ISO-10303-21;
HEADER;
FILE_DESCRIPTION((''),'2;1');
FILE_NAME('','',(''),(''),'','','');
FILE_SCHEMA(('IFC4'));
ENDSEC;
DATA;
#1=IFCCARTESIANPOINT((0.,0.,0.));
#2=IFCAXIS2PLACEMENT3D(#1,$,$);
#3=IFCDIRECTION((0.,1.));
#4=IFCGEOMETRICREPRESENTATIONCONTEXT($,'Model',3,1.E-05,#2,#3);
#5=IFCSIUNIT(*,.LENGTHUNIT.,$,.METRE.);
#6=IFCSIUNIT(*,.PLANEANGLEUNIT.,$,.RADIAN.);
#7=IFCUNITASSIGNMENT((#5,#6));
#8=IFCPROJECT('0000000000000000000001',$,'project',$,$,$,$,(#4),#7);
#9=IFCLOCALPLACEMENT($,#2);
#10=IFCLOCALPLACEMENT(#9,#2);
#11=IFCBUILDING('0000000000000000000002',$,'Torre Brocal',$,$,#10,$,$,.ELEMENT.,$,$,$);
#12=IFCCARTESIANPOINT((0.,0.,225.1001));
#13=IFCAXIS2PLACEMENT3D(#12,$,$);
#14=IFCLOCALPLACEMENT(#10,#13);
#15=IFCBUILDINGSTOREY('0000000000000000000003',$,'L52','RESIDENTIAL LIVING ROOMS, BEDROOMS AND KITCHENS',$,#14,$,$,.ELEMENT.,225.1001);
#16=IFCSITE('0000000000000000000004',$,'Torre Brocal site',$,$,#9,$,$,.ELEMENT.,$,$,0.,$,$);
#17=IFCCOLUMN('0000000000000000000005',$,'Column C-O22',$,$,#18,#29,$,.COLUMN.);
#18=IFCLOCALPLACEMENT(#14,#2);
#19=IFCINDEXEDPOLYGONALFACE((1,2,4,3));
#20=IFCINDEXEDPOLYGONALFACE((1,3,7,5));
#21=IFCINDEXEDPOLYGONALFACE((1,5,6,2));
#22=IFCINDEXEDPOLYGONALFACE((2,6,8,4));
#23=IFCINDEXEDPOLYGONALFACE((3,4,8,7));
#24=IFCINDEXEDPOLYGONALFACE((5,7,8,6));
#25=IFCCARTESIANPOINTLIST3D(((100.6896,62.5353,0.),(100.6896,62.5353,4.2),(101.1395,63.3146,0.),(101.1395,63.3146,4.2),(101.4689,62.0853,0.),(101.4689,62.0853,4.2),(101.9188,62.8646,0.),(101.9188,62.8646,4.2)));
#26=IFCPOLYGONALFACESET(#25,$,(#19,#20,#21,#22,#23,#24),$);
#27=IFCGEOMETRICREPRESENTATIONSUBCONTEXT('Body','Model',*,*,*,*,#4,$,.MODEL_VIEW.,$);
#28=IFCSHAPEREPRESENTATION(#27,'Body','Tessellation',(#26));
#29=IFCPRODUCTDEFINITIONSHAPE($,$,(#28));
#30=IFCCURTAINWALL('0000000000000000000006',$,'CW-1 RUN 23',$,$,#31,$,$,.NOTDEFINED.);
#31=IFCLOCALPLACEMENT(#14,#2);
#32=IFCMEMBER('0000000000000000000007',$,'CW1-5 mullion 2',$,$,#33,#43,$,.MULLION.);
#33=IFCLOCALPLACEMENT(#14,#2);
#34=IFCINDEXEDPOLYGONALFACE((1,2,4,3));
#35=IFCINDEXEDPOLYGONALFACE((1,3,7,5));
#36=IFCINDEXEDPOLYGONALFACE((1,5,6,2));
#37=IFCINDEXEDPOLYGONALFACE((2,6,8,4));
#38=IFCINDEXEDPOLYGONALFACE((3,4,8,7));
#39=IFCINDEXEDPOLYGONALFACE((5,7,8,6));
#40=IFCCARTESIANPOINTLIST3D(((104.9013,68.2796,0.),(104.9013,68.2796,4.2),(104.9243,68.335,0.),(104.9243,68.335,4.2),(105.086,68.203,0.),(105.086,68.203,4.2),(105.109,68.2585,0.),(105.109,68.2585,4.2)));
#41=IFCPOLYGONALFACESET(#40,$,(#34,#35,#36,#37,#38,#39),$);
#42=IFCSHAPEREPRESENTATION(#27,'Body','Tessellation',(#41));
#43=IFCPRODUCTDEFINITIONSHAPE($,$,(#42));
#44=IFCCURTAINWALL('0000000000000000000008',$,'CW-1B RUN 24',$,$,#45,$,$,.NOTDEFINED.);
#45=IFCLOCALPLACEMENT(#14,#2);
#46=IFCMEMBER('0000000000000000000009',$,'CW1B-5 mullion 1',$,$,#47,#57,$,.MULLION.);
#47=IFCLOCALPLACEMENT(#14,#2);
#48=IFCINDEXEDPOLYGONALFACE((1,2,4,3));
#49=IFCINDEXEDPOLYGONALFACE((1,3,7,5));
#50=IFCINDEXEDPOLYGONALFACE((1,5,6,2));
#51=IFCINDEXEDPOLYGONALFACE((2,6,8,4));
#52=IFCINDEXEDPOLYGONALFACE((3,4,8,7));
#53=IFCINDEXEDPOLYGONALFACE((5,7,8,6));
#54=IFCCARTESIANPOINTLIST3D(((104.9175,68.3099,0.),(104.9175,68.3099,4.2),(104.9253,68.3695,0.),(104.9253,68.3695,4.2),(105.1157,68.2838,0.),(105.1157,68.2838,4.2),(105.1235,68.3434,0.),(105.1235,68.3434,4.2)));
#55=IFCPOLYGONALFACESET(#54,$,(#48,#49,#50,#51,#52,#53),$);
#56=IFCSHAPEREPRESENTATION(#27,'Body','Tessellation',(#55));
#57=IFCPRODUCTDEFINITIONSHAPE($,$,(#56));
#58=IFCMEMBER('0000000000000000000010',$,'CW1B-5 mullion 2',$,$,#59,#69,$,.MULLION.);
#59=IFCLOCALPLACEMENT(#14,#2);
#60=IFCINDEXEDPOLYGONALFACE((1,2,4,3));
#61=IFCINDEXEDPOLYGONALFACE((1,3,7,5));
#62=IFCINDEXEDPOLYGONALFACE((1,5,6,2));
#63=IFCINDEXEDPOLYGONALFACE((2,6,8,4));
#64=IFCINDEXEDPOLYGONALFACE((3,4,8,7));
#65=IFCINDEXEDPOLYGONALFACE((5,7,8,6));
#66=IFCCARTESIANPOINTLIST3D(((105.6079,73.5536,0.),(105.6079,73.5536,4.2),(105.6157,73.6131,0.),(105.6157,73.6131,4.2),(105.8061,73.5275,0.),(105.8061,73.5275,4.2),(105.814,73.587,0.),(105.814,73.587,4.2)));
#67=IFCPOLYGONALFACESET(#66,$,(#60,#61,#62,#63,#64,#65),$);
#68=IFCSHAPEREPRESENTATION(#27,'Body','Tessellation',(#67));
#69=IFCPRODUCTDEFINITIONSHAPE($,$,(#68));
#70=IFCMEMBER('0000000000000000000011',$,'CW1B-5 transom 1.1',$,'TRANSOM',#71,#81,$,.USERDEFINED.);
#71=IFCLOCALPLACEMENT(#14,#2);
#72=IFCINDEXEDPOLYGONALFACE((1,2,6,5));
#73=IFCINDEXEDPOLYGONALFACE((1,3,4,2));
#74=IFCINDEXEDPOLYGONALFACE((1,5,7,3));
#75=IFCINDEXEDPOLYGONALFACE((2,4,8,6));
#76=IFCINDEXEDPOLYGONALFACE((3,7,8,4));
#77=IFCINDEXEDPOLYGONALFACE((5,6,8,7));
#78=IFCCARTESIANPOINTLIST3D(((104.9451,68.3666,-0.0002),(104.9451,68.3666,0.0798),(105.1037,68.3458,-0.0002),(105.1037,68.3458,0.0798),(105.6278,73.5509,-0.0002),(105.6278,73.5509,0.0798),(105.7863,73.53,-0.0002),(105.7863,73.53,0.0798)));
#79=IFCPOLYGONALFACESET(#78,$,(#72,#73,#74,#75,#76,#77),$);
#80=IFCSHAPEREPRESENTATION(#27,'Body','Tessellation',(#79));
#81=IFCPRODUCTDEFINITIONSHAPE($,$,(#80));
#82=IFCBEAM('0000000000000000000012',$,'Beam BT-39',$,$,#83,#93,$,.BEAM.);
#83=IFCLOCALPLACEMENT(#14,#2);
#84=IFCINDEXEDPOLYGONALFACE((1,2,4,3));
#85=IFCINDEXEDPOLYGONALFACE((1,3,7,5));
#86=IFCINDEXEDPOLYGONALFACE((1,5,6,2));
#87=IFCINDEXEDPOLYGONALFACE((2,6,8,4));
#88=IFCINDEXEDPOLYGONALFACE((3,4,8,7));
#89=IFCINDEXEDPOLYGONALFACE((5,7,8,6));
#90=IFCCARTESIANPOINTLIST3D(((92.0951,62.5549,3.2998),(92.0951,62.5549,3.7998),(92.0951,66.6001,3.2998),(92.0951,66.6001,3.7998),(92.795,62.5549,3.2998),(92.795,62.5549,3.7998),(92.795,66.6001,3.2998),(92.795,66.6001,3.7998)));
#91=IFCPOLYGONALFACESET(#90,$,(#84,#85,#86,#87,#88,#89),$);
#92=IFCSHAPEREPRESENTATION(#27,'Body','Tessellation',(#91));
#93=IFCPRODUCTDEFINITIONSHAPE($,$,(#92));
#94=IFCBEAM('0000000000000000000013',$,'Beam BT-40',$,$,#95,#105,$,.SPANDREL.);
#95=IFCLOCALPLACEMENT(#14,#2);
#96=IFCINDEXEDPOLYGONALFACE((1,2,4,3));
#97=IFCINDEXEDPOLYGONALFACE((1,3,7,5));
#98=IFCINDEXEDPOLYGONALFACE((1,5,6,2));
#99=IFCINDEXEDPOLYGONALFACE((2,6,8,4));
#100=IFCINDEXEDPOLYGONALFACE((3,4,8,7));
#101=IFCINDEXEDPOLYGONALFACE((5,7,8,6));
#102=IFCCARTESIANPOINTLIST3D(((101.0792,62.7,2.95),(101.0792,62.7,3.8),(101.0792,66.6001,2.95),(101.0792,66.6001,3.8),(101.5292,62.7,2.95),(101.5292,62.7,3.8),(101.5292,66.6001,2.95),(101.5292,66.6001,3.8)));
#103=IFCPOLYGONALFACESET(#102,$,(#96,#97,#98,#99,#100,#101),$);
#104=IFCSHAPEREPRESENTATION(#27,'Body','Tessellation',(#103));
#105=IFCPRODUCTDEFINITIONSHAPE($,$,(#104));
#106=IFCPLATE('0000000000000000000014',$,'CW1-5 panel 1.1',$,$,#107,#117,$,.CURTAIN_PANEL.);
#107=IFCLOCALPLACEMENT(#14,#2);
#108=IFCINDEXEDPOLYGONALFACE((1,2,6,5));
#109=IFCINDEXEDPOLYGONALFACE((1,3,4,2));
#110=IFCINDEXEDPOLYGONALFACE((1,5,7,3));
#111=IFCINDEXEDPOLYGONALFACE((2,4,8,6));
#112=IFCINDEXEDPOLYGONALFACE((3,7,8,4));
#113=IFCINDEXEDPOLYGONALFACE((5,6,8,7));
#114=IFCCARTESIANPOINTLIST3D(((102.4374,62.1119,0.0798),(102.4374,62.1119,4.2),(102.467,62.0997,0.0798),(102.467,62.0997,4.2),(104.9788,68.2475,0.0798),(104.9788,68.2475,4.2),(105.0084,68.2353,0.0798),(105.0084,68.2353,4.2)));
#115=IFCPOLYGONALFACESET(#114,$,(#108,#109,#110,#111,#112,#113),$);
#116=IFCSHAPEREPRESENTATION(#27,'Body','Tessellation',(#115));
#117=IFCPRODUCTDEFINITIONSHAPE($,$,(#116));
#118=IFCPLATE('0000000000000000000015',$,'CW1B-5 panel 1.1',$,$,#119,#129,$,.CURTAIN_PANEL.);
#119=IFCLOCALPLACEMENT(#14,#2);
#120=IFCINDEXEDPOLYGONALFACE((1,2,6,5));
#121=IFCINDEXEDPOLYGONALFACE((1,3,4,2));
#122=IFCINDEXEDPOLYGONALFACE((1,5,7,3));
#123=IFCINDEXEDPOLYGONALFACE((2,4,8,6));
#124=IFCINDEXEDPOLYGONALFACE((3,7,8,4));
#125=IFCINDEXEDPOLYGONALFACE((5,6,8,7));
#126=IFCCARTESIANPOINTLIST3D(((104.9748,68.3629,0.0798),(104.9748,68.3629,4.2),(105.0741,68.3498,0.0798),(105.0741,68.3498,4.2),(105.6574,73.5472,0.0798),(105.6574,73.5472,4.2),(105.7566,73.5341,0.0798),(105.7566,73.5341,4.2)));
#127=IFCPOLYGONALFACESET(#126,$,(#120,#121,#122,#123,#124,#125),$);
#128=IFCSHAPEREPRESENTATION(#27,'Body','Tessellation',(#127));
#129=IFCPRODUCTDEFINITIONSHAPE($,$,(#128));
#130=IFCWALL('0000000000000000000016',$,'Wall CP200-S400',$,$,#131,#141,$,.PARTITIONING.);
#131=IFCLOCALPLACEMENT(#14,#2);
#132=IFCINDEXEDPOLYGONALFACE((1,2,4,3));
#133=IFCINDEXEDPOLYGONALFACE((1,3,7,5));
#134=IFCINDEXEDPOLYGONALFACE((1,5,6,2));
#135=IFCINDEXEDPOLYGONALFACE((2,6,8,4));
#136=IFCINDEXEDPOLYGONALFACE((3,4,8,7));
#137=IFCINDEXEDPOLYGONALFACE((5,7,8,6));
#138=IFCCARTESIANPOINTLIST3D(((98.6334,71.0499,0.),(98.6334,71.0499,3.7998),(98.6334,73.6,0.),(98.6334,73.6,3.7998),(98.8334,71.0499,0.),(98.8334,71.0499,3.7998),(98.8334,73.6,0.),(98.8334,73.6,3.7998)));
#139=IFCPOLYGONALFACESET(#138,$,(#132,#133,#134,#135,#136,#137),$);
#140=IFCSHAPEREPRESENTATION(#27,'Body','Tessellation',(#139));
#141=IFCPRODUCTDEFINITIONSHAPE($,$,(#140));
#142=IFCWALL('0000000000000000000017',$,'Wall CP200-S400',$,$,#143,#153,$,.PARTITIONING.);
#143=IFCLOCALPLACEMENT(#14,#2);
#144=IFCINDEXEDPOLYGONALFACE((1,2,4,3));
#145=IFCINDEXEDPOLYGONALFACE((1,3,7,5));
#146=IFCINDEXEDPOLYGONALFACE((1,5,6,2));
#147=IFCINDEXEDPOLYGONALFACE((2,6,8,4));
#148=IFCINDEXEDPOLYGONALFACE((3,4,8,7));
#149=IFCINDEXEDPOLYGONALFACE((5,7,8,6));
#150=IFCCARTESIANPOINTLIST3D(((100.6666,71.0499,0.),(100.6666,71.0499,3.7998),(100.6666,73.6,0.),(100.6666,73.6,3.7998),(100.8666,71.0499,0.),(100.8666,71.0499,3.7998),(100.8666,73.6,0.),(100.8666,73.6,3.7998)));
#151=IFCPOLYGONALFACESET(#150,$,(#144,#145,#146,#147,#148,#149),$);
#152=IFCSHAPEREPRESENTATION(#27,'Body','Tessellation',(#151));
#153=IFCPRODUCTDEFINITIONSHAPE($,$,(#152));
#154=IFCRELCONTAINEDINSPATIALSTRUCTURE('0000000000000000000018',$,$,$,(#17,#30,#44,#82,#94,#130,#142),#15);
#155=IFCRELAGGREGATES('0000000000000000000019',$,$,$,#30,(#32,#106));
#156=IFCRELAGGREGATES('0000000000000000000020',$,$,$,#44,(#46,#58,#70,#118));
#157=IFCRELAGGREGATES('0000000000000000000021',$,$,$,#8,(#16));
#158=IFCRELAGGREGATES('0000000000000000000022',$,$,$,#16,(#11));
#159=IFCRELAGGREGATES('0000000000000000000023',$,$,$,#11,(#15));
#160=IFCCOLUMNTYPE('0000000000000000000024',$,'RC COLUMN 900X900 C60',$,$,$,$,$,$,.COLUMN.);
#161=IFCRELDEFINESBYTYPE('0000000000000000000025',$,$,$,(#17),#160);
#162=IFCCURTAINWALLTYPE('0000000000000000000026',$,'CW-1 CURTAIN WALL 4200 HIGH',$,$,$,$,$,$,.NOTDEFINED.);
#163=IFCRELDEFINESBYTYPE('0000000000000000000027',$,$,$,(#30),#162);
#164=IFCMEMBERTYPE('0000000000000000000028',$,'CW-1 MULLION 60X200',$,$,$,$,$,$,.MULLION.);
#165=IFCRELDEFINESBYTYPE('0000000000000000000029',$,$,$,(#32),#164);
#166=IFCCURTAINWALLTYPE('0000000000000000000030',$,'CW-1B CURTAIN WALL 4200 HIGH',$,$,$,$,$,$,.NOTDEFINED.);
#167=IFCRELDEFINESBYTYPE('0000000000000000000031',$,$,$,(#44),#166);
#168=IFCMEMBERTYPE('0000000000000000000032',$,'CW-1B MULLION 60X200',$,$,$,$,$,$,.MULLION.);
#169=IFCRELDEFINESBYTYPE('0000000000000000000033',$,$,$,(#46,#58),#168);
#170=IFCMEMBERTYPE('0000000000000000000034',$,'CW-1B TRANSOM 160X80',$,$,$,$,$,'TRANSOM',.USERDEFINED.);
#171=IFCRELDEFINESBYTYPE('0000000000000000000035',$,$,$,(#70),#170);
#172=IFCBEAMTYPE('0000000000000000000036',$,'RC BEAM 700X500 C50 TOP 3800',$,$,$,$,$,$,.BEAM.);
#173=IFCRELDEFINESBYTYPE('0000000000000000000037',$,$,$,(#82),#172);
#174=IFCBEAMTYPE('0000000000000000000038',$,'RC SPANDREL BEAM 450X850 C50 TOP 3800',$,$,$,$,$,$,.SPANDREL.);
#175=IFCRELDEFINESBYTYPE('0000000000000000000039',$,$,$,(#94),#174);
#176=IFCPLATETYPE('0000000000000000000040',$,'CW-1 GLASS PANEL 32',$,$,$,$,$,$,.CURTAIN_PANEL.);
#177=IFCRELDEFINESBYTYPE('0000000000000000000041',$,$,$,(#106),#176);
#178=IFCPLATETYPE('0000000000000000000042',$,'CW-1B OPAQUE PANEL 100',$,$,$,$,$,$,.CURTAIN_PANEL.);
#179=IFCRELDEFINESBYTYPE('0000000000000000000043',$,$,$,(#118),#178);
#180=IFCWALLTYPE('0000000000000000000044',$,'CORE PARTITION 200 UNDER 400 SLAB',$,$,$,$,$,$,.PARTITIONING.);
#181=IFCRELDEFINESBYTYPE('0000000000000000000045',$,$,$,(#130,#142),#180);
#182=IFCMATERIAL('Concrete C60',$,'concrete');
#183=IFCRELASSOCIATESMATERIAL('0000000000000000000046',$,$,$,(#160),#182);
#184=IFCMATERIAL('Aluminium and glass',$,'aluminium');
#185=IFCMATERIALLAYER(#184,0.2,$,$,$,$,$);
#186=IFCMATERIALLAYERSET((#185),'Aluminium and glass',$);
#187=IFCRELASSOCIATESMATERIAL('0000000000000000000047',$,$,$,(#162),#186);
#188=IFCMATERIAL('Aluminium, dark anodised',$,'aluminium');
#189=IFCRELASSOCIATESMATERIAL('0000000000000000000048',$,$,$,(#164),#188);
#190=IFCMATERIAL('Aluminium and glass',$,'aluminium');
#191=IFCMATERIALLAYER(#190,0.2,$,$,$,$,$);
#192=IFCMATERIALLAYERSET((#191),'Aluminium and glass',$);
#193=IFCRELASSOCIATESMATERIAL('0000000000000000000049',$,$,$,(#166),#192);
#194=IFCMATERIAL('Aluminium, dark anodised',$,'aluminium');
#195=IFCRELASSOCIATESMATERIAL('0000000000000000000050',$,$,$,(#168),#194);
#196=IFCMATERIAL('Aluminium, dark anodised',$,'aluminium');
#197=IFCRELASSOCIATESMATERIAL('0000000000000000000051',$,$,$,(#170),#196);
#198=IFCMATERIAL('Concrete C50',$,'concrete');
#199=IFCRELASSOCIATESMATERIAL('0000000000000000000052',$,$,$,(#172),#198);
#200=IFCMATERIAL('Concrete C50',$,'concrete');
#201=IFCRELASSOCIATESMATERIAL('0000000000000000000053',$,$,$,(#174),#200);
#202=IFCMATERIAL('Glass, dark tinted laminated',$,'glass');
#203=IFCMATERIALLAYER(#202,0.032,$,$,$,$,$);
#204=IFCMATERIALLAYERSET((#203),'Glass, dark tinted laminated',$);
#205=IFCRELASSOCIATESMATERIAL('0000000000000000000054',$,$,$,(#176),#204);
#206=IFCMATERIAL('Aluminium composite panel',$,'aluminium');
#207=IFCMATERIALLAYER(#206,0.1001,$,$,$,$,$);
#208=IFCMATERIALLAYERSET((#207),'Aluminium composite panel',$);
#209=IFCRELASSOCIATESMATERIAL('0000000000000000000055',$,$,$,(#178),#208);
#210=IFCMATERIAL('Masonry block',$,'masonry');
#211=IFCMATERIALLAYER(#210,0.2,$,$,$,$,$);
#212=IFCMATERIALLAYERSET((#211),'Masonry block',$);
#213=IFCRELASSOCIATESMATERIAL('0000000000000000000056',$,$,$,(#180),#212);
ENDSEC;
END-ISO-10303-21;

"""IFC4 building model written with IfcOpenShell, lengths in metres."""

from ifc_helpers import new_model, si_unit, direction, frame, frame_2d, origin, origin_2d, place, context, subcontext, project, spatial, rectangle, extrude, material, layer, layer_set, material_profile, profile_set, type_object, element, aggregate, save


model = new_model("IFC4")

# Units and contexts
model_context = context("Model", 3, precision=1e-05, world=origin(), true_north=direction((0.0, 1.0)))
body_context = subcontext(model_context, "Body", "Model", "MODEL_VIEW")
ifc_project = project(units=[si_unit("LENGTHUNIT", "METRE"), si_unit("PLANEANGLEUNIT", "RADIAN")], contexts=[model_context])

# Site, building, storey
site_placement = place(None, origin())
site = spatial("IfcSite", under=ifc_project, at=site_placement, Name="Torre Brocal site", CompositionType="ELEMENT", RefElevation=0.0)
building_placement = place(site_placement, origin())
building = spatial("IfcBuilding", under=site, at=building_placement, Name="Torre Brocal", CompositionType="ELEMENT")
storey_placement = place(building_placement, frame((0.0, 0.0, 225.1001)))
storey = spatial("IfcBuildingStorey", under=building, at=storey_placement, Name="L52", Description="RESIDENTIAL LIVING ROOMS, BEDROOMS AND KITCHENS", CompositionType="ELEMENT", Elevation=225.1001)

# Column
ifc_material_1 = material(Name="Concrete C60", Category="concrete")
ifc_material_profile_1 = material_profile(ifc_material_1, rectangle(XDim=0.8999, YDim=0.8999, at=origin_2d()), Name="RC 900X900")
ifc_profile_set_1 = profile_set([ifc_material_profile_1], Name="Concrete C60")
column_type = type_object("IfcColumnType", Name="RC COLUMN 900X900 C60", PredefinedType="COLUMN", material=ifc_profile_set_1)
column_placement = place(storey_placement, frame((101.3042, 62.7, 0.0), z_axis=(0.0, 0.0, 1.0), x_axis=(0.866025, -0.5, 0.0)))
element("IfcColumn", 1, at=column_placement, inside=storey, type_object=column_type, Name="Column C-O22", PredefinedType="COLUMN", context=body_context, shape_type="SweptSolid", body=[
    extrude(rectangle(XDim=0.8999, YDim=0.8999, at=origin_2d()), origin(), (0.0, 0.0, 1.0), 4.2),
])

# Curtain wall, member
ifc_material_2 = material(Name="Aluminium and glass", Category="aluminium")
ifc_layer_1 = layer(ifc_material_2, 0.2)
ifc_layer_set_1 = layer_set([ifc_layer_1], Name="Aluminium and glass")
curtain_wall_type_1 = type_object("IfcCurtainWallType", Name="CW-1 CURTAIN WALL 4200 HIGH", PredefinedType="NOTDEFINED", material=ifc_layer_set_1)
curtain_wall_1_placement = place(storey_placement, origin())
curtain_wall_1 = element("IfcCurtainWall", 2, at=curtain_wall_1_placement, inside=storey, type_object=curtain_wall_type_1, Name="CW-1 RUN 23", PredefinedType="NOTDEFINED")
ifc_material_3 = material(Name="Aluminium, dark anodised", Category="aluminium")
ifc_material_profile_2 = material_profile(ifc_material_3, rectangle(XDim=0.2, YDim=0.0601, at=origin_2d()), Name="CW-1 MULLION 60X200")
ifc_profile_set_2 = profile_set([ifc_material_profile_2], Name="Aluminium, dark anodised")
member_type_1 = type_object("IfcMemberType", Name="CW-1 MULLION 60X200", PredefinedType="MULLION", material=ifc_profile_set_2)
member_1_placement = place(storey_placement, frame((105.0051, 68.269, 0.0), z_axis=(0.0, 0.0, 1.0), x_axis=(-0.92388, 0.382683, 0.0)))
member_1 = element("IfcMember", 3, at=member_1_placement, type_object=member_type_1, Name="CW1-5 mullion 2", PredefinedType="MULLION", context=body_context, shape_type="SweptSolid", body=[
    extrude(rectangle(XDim=0.2, YDim=0.0601, at=origin_2d()), origin(), (0.0, 0.0, 1.0), 4.2),
])

# Curtain wall, members
ifc_material_4 = material(Name="Aluminium and glass", Category="aluminium")
ifc_layer_2 = layer(ifc_material_4, 0.2)
ifc_layer_set_2 = layer_set([ifc_layer_2], Name="Aluminium and glass")
curtain_wall_type_2 = type_object("IfcCurtainWallType", Name="CW-1B CURTAIN WALL 4200 HIGH", PredefinedType="NOTDEFINED", material=ifc_layer_set_2)
curtain_wall_2_placement = place(storey_placement, origin())
curtain_wall_2 = element("IfcCurtainWall", 4, at=curtain_wall_2_placement, inside=storey, type_object=curtain_wall_type_2, Name="CW-1B RUN 24", PredefinedType="NOTDEFINED")
ifc_material_5 = material(Name="Aluminium, dark anodised", Category="aluminium")
ifc_material_profile_3 = material_profile(ifc_material_5, rectangle(XDim=0.2, YDim=0.0601, at=origin_2d()), Name="CW-1B MULLION 60X200")
ifc_profile_set_3 = profile_set([ifc_material_profile_3], Name="Aluminium, dark anodised")
member_type_2 = type_object("IfcMemberType", Name="CW-1B MULLION 60X200", PredefinedType="MULLION", material=ifc_profile_set_3)
member_2_placement = place(storey_placement, frame((105.0205, 68.3267, 0.0), z_axis=(0.0, 0.0, 1.0), x_axis=(-0.991445, 0.130526, 0.0)))
member_2 = element("IfcMember", 5, at=member_2_placement, type_object=member_type_2, Name="CW1B-5 mullion 1", PredefinedType="MULLION", context=body_context, shape_type="SweptSolid", body=[
    extrude(rectangle(XDim=0.2, YDim=0.0601, at=origin_2d()), origin(), (0.0, 0.0, 1.0), 4.2),
])
member_3_placement = place(storey_placement, frame((105.7109, 73.5703, 0.0), z_axis=(0.0, 0.0, 1.0), x_axis=(-0.991445, 0.130526, 0.0)))
member_3 = element("IfcMember", 6, at=member_3_placement, type_object=member_type_2, Name="CW1B-5 mullion 2", PredefinedType="MULLION", context=body_context, shape_type="SweptSolid", body=[
    extrude(rectangle(XDim=0.2, YDim=0.0601, at=origin_2d()), origin(), (0.0, 0.0, 1.0), 4.2),
])
ifc_material_6 = material(Name="Aluminium, dark anodised", Category="aluminium")
ifc_material_profile_4 = material_profile(ifc_material_6, rectangle(XDim=0.1599, YDim=0.0801, at=origin_2d()), Name="CW-1B TRANSOM 160X80")
ifc_profile_set_4 = profile_set([ifc_material_profile_4], Name="Aluminium, dark anodised")
member_type_3 = type_object("IfcMemberType", Name="CW-1B TRANSOM 160X80", ElementType="TRANSOM", PredefinedType="USERDEFINED", material=ifc_profile_set_4)
member_4_placement = place(storey_placement, frame((105.0244, 68.3562, 0.0398), z_axis=(0.130543, 0.991443, 0.0), x_axis=(-0.991443, 0.130543, 0.0)))
member_4 = element("IfcMember", 7, at=member_4_placement, type_object=member_type_3, Name="CW1B-5 transom 1.1", ObjectType="TRANSOM", PredefinedType="USERDEFINED", context=body_context, shape_type="SweptSolid", body=[
    extrude(rectangle(XDim=0.1599, YDim=0.0801, at=origin_2d()), origin(), (0.0, 0.0, 1.0), 5.229),
])

# Beams
ifc_material_7 = material(Name="Concrete C50", Category="concrete")
ifc_material_profile_5 = material_profile(ifc_material_7, rectangle(XDim=0.7, YDim=0.5, at=origin_2d()), Name="RC 700X500")
ifc_profile_set_5 = profile_set([ifc_material_profile_5], Name="Concrete C50")
beam_type_1 = type_object("IfcBeamType", Name="RC BEAM 700X500 C50 TOP 3800", PredefinedType="BEAM", material=ifc_profile_set_5)
beam_1_placement = place(storey_placement, frame((92.4451, 62.5549, 3.5498), z_axis=(0.0, 1.0, 0.0), x_axis=(-1.0, 0.0, 0.0)))
element("IfcBeam", 8, at=beam_1_placement, inside=storey, type_object=beam_type_1, Name="Beam BT-39", PredefinedType="BEAM", context=body_context, shape_type="SweptSolid", body=[
    extrude(rectangle(XDim=0.7, YDim=0.5, at=origin_2d()), origin(), (0.0, 0.0, 1.0), 4.0452),
])
ifc_material_8 = material(Name="Concrete C50", Category="concrete")
ifc_material_profile_6 = material_profile(ifc_material_8, rectangle(XDim=0.45, YDim=0.8501, at=origin_2d()), Name="RC 450X850")
ifc_profile_set_6 = profile_set([ifc_material_profile_6], Name="Concrete C50")
beam_type_2 = type_object("IfcBeamType", Name="RC SPANDREL BEAM 450X850 C50 TOP 3800", PredefinedType="SPANDREL", material=ifc_profile_set_6)
beam_2_placement = place(storey_placement, frame((101.3042, 62.7, 3.375), z_axis=(0.0, 1.0, 0.0), x_axis=(-1.0, 0.0, 0.0)))
element("IfcBeam", 9, at=beam_2_placement, inside=storey, type_object=beam_type_2, Name="Beam BT-40", PredefinedType="SPANDREL", context=body_context, shape_type="SweptSolid", body=[
    extrude(rectangle(XDim=0.45, YDim=0.8501, at=origin_2d()), origin(), (0.0, 0.0, 1.0), 3.9001),
])

# Plates
ifc_material_9 = material(Name="Glass, dark tinted laminated", Category="glass")
ifc_layer_3 = layer(ifc_material_9, 0.032)
ifc_layer_set_3 = layer_set([ifc_layer_3], Name="Glass, dark tinted laminated")
plate_type_1 = type_object("IfcPlateType", Name="CW-1 GLASS PANEL 32", PredefinedType="CURTAIN_PANEL", material=ifc_layer_set_3)
plate_1_placement = place(storey_placement, frame((103.7229, 65.1736, 0.0798), z_axis=(0.0, 0.0, 1.0), x_axis=(0.382683, 0.92388, 0.0)))
plate_1 = element("IfcPlate", 10, at=plate_1_placement, type_object=plate_type_1, Name="CW1-5 panel 1.1", PredefinedType="CURTAIN_PANEL", context=body_context, shape_type="SweptSolid", body=[
    extrude(rectangle(XDim=6.6411, YDim=0.032, at=origin_2d()), origin(), (0.0, 0.0, 1.0), 4.1201),
])
aggregate(curtain_wall_1, [member_1, plate_1])
ifc_material_10 = material(Name="Aluminium composite panel", Category="aluminium")
ifc_layer_4 = layer(ifc_material_10, 0.1001)
ifc_layer_set_4 = layer_set([ifc_layer_4], Name="Aluminium composite panel")
plate_type_2 = type_object("IfcPlateType", Name="CW-1B OPAQUE PANEL 100", PredefinedType="CURTAIN_PANEL", material=ifc_layer_set_4)
plate_2_placement = place(storey_placement, frame((105.3657, 70.9485, 0.0798), z_axis=(0.0, 0.0, 1.0), x_axis=(0.130526, 0.991445, 0.0)))
plate_2 = element("IfcPlate", 11, at=plate_2_placement, type_object=plate_type_2, Name="CW1B-5 panel 1.1", PredefinedType="CURTAIN_PANEL", context=body_context, shape_type="SweptSolid", body=[
    extrude(rectangle(XDim=5.229, YDim=0.1001, at=origin_2d()), origin(), (0.0, 0.0, 1.0), 4.1201),
])
aggregate(curtain_wall_2, [member_2, member_3, member_4, plate_2])

# Walls
ifc_material_11 = material(Name="Masonry block", Category="masonry")
ifc_layer_5 = layer(ifc_material_11, 0.2)
ifc_layer_set_5 = layer_set([ifc_layer_5], Name="Masonry block")
wall_type_1 = type_object("IfcWallType", Name="CORE PARTITION 200 UNDER 400 SLAB", PredefinedType="PARTITIONING", material=ifc_layer_set_5)
for number, where, z_axis, x_axis, name in (
    (12, (98.7334, 71.05, 0.0), (0.0, 0.0, 1.0), (0.0, 1.0, 0.0), "Wall CP200-S400"),
    (13, (100.7666, 71.05, 0.0), (0.0, 0.0, 1.0), (0.0, 1.0, 0.0), "Wall CP200-S400"),
):
    element("IfcWall", number, at=place(storey_placement, frame(where, z_axis=z_axis, x_axis=x_axis)), inside=storey, type_object=wall_type_1, Name=name, PredefinedType="PARTITIONING", context=body_context, shape_type="SweptSolid", body=[
        extrude(rectangle(XDim=2.55, YDim=0.2, at=frame_2d((1.2749, 0.0))), origin(), (0.0, 0.0, 1.0), 3.7998),
    ])

save(model, "model.ifc")
